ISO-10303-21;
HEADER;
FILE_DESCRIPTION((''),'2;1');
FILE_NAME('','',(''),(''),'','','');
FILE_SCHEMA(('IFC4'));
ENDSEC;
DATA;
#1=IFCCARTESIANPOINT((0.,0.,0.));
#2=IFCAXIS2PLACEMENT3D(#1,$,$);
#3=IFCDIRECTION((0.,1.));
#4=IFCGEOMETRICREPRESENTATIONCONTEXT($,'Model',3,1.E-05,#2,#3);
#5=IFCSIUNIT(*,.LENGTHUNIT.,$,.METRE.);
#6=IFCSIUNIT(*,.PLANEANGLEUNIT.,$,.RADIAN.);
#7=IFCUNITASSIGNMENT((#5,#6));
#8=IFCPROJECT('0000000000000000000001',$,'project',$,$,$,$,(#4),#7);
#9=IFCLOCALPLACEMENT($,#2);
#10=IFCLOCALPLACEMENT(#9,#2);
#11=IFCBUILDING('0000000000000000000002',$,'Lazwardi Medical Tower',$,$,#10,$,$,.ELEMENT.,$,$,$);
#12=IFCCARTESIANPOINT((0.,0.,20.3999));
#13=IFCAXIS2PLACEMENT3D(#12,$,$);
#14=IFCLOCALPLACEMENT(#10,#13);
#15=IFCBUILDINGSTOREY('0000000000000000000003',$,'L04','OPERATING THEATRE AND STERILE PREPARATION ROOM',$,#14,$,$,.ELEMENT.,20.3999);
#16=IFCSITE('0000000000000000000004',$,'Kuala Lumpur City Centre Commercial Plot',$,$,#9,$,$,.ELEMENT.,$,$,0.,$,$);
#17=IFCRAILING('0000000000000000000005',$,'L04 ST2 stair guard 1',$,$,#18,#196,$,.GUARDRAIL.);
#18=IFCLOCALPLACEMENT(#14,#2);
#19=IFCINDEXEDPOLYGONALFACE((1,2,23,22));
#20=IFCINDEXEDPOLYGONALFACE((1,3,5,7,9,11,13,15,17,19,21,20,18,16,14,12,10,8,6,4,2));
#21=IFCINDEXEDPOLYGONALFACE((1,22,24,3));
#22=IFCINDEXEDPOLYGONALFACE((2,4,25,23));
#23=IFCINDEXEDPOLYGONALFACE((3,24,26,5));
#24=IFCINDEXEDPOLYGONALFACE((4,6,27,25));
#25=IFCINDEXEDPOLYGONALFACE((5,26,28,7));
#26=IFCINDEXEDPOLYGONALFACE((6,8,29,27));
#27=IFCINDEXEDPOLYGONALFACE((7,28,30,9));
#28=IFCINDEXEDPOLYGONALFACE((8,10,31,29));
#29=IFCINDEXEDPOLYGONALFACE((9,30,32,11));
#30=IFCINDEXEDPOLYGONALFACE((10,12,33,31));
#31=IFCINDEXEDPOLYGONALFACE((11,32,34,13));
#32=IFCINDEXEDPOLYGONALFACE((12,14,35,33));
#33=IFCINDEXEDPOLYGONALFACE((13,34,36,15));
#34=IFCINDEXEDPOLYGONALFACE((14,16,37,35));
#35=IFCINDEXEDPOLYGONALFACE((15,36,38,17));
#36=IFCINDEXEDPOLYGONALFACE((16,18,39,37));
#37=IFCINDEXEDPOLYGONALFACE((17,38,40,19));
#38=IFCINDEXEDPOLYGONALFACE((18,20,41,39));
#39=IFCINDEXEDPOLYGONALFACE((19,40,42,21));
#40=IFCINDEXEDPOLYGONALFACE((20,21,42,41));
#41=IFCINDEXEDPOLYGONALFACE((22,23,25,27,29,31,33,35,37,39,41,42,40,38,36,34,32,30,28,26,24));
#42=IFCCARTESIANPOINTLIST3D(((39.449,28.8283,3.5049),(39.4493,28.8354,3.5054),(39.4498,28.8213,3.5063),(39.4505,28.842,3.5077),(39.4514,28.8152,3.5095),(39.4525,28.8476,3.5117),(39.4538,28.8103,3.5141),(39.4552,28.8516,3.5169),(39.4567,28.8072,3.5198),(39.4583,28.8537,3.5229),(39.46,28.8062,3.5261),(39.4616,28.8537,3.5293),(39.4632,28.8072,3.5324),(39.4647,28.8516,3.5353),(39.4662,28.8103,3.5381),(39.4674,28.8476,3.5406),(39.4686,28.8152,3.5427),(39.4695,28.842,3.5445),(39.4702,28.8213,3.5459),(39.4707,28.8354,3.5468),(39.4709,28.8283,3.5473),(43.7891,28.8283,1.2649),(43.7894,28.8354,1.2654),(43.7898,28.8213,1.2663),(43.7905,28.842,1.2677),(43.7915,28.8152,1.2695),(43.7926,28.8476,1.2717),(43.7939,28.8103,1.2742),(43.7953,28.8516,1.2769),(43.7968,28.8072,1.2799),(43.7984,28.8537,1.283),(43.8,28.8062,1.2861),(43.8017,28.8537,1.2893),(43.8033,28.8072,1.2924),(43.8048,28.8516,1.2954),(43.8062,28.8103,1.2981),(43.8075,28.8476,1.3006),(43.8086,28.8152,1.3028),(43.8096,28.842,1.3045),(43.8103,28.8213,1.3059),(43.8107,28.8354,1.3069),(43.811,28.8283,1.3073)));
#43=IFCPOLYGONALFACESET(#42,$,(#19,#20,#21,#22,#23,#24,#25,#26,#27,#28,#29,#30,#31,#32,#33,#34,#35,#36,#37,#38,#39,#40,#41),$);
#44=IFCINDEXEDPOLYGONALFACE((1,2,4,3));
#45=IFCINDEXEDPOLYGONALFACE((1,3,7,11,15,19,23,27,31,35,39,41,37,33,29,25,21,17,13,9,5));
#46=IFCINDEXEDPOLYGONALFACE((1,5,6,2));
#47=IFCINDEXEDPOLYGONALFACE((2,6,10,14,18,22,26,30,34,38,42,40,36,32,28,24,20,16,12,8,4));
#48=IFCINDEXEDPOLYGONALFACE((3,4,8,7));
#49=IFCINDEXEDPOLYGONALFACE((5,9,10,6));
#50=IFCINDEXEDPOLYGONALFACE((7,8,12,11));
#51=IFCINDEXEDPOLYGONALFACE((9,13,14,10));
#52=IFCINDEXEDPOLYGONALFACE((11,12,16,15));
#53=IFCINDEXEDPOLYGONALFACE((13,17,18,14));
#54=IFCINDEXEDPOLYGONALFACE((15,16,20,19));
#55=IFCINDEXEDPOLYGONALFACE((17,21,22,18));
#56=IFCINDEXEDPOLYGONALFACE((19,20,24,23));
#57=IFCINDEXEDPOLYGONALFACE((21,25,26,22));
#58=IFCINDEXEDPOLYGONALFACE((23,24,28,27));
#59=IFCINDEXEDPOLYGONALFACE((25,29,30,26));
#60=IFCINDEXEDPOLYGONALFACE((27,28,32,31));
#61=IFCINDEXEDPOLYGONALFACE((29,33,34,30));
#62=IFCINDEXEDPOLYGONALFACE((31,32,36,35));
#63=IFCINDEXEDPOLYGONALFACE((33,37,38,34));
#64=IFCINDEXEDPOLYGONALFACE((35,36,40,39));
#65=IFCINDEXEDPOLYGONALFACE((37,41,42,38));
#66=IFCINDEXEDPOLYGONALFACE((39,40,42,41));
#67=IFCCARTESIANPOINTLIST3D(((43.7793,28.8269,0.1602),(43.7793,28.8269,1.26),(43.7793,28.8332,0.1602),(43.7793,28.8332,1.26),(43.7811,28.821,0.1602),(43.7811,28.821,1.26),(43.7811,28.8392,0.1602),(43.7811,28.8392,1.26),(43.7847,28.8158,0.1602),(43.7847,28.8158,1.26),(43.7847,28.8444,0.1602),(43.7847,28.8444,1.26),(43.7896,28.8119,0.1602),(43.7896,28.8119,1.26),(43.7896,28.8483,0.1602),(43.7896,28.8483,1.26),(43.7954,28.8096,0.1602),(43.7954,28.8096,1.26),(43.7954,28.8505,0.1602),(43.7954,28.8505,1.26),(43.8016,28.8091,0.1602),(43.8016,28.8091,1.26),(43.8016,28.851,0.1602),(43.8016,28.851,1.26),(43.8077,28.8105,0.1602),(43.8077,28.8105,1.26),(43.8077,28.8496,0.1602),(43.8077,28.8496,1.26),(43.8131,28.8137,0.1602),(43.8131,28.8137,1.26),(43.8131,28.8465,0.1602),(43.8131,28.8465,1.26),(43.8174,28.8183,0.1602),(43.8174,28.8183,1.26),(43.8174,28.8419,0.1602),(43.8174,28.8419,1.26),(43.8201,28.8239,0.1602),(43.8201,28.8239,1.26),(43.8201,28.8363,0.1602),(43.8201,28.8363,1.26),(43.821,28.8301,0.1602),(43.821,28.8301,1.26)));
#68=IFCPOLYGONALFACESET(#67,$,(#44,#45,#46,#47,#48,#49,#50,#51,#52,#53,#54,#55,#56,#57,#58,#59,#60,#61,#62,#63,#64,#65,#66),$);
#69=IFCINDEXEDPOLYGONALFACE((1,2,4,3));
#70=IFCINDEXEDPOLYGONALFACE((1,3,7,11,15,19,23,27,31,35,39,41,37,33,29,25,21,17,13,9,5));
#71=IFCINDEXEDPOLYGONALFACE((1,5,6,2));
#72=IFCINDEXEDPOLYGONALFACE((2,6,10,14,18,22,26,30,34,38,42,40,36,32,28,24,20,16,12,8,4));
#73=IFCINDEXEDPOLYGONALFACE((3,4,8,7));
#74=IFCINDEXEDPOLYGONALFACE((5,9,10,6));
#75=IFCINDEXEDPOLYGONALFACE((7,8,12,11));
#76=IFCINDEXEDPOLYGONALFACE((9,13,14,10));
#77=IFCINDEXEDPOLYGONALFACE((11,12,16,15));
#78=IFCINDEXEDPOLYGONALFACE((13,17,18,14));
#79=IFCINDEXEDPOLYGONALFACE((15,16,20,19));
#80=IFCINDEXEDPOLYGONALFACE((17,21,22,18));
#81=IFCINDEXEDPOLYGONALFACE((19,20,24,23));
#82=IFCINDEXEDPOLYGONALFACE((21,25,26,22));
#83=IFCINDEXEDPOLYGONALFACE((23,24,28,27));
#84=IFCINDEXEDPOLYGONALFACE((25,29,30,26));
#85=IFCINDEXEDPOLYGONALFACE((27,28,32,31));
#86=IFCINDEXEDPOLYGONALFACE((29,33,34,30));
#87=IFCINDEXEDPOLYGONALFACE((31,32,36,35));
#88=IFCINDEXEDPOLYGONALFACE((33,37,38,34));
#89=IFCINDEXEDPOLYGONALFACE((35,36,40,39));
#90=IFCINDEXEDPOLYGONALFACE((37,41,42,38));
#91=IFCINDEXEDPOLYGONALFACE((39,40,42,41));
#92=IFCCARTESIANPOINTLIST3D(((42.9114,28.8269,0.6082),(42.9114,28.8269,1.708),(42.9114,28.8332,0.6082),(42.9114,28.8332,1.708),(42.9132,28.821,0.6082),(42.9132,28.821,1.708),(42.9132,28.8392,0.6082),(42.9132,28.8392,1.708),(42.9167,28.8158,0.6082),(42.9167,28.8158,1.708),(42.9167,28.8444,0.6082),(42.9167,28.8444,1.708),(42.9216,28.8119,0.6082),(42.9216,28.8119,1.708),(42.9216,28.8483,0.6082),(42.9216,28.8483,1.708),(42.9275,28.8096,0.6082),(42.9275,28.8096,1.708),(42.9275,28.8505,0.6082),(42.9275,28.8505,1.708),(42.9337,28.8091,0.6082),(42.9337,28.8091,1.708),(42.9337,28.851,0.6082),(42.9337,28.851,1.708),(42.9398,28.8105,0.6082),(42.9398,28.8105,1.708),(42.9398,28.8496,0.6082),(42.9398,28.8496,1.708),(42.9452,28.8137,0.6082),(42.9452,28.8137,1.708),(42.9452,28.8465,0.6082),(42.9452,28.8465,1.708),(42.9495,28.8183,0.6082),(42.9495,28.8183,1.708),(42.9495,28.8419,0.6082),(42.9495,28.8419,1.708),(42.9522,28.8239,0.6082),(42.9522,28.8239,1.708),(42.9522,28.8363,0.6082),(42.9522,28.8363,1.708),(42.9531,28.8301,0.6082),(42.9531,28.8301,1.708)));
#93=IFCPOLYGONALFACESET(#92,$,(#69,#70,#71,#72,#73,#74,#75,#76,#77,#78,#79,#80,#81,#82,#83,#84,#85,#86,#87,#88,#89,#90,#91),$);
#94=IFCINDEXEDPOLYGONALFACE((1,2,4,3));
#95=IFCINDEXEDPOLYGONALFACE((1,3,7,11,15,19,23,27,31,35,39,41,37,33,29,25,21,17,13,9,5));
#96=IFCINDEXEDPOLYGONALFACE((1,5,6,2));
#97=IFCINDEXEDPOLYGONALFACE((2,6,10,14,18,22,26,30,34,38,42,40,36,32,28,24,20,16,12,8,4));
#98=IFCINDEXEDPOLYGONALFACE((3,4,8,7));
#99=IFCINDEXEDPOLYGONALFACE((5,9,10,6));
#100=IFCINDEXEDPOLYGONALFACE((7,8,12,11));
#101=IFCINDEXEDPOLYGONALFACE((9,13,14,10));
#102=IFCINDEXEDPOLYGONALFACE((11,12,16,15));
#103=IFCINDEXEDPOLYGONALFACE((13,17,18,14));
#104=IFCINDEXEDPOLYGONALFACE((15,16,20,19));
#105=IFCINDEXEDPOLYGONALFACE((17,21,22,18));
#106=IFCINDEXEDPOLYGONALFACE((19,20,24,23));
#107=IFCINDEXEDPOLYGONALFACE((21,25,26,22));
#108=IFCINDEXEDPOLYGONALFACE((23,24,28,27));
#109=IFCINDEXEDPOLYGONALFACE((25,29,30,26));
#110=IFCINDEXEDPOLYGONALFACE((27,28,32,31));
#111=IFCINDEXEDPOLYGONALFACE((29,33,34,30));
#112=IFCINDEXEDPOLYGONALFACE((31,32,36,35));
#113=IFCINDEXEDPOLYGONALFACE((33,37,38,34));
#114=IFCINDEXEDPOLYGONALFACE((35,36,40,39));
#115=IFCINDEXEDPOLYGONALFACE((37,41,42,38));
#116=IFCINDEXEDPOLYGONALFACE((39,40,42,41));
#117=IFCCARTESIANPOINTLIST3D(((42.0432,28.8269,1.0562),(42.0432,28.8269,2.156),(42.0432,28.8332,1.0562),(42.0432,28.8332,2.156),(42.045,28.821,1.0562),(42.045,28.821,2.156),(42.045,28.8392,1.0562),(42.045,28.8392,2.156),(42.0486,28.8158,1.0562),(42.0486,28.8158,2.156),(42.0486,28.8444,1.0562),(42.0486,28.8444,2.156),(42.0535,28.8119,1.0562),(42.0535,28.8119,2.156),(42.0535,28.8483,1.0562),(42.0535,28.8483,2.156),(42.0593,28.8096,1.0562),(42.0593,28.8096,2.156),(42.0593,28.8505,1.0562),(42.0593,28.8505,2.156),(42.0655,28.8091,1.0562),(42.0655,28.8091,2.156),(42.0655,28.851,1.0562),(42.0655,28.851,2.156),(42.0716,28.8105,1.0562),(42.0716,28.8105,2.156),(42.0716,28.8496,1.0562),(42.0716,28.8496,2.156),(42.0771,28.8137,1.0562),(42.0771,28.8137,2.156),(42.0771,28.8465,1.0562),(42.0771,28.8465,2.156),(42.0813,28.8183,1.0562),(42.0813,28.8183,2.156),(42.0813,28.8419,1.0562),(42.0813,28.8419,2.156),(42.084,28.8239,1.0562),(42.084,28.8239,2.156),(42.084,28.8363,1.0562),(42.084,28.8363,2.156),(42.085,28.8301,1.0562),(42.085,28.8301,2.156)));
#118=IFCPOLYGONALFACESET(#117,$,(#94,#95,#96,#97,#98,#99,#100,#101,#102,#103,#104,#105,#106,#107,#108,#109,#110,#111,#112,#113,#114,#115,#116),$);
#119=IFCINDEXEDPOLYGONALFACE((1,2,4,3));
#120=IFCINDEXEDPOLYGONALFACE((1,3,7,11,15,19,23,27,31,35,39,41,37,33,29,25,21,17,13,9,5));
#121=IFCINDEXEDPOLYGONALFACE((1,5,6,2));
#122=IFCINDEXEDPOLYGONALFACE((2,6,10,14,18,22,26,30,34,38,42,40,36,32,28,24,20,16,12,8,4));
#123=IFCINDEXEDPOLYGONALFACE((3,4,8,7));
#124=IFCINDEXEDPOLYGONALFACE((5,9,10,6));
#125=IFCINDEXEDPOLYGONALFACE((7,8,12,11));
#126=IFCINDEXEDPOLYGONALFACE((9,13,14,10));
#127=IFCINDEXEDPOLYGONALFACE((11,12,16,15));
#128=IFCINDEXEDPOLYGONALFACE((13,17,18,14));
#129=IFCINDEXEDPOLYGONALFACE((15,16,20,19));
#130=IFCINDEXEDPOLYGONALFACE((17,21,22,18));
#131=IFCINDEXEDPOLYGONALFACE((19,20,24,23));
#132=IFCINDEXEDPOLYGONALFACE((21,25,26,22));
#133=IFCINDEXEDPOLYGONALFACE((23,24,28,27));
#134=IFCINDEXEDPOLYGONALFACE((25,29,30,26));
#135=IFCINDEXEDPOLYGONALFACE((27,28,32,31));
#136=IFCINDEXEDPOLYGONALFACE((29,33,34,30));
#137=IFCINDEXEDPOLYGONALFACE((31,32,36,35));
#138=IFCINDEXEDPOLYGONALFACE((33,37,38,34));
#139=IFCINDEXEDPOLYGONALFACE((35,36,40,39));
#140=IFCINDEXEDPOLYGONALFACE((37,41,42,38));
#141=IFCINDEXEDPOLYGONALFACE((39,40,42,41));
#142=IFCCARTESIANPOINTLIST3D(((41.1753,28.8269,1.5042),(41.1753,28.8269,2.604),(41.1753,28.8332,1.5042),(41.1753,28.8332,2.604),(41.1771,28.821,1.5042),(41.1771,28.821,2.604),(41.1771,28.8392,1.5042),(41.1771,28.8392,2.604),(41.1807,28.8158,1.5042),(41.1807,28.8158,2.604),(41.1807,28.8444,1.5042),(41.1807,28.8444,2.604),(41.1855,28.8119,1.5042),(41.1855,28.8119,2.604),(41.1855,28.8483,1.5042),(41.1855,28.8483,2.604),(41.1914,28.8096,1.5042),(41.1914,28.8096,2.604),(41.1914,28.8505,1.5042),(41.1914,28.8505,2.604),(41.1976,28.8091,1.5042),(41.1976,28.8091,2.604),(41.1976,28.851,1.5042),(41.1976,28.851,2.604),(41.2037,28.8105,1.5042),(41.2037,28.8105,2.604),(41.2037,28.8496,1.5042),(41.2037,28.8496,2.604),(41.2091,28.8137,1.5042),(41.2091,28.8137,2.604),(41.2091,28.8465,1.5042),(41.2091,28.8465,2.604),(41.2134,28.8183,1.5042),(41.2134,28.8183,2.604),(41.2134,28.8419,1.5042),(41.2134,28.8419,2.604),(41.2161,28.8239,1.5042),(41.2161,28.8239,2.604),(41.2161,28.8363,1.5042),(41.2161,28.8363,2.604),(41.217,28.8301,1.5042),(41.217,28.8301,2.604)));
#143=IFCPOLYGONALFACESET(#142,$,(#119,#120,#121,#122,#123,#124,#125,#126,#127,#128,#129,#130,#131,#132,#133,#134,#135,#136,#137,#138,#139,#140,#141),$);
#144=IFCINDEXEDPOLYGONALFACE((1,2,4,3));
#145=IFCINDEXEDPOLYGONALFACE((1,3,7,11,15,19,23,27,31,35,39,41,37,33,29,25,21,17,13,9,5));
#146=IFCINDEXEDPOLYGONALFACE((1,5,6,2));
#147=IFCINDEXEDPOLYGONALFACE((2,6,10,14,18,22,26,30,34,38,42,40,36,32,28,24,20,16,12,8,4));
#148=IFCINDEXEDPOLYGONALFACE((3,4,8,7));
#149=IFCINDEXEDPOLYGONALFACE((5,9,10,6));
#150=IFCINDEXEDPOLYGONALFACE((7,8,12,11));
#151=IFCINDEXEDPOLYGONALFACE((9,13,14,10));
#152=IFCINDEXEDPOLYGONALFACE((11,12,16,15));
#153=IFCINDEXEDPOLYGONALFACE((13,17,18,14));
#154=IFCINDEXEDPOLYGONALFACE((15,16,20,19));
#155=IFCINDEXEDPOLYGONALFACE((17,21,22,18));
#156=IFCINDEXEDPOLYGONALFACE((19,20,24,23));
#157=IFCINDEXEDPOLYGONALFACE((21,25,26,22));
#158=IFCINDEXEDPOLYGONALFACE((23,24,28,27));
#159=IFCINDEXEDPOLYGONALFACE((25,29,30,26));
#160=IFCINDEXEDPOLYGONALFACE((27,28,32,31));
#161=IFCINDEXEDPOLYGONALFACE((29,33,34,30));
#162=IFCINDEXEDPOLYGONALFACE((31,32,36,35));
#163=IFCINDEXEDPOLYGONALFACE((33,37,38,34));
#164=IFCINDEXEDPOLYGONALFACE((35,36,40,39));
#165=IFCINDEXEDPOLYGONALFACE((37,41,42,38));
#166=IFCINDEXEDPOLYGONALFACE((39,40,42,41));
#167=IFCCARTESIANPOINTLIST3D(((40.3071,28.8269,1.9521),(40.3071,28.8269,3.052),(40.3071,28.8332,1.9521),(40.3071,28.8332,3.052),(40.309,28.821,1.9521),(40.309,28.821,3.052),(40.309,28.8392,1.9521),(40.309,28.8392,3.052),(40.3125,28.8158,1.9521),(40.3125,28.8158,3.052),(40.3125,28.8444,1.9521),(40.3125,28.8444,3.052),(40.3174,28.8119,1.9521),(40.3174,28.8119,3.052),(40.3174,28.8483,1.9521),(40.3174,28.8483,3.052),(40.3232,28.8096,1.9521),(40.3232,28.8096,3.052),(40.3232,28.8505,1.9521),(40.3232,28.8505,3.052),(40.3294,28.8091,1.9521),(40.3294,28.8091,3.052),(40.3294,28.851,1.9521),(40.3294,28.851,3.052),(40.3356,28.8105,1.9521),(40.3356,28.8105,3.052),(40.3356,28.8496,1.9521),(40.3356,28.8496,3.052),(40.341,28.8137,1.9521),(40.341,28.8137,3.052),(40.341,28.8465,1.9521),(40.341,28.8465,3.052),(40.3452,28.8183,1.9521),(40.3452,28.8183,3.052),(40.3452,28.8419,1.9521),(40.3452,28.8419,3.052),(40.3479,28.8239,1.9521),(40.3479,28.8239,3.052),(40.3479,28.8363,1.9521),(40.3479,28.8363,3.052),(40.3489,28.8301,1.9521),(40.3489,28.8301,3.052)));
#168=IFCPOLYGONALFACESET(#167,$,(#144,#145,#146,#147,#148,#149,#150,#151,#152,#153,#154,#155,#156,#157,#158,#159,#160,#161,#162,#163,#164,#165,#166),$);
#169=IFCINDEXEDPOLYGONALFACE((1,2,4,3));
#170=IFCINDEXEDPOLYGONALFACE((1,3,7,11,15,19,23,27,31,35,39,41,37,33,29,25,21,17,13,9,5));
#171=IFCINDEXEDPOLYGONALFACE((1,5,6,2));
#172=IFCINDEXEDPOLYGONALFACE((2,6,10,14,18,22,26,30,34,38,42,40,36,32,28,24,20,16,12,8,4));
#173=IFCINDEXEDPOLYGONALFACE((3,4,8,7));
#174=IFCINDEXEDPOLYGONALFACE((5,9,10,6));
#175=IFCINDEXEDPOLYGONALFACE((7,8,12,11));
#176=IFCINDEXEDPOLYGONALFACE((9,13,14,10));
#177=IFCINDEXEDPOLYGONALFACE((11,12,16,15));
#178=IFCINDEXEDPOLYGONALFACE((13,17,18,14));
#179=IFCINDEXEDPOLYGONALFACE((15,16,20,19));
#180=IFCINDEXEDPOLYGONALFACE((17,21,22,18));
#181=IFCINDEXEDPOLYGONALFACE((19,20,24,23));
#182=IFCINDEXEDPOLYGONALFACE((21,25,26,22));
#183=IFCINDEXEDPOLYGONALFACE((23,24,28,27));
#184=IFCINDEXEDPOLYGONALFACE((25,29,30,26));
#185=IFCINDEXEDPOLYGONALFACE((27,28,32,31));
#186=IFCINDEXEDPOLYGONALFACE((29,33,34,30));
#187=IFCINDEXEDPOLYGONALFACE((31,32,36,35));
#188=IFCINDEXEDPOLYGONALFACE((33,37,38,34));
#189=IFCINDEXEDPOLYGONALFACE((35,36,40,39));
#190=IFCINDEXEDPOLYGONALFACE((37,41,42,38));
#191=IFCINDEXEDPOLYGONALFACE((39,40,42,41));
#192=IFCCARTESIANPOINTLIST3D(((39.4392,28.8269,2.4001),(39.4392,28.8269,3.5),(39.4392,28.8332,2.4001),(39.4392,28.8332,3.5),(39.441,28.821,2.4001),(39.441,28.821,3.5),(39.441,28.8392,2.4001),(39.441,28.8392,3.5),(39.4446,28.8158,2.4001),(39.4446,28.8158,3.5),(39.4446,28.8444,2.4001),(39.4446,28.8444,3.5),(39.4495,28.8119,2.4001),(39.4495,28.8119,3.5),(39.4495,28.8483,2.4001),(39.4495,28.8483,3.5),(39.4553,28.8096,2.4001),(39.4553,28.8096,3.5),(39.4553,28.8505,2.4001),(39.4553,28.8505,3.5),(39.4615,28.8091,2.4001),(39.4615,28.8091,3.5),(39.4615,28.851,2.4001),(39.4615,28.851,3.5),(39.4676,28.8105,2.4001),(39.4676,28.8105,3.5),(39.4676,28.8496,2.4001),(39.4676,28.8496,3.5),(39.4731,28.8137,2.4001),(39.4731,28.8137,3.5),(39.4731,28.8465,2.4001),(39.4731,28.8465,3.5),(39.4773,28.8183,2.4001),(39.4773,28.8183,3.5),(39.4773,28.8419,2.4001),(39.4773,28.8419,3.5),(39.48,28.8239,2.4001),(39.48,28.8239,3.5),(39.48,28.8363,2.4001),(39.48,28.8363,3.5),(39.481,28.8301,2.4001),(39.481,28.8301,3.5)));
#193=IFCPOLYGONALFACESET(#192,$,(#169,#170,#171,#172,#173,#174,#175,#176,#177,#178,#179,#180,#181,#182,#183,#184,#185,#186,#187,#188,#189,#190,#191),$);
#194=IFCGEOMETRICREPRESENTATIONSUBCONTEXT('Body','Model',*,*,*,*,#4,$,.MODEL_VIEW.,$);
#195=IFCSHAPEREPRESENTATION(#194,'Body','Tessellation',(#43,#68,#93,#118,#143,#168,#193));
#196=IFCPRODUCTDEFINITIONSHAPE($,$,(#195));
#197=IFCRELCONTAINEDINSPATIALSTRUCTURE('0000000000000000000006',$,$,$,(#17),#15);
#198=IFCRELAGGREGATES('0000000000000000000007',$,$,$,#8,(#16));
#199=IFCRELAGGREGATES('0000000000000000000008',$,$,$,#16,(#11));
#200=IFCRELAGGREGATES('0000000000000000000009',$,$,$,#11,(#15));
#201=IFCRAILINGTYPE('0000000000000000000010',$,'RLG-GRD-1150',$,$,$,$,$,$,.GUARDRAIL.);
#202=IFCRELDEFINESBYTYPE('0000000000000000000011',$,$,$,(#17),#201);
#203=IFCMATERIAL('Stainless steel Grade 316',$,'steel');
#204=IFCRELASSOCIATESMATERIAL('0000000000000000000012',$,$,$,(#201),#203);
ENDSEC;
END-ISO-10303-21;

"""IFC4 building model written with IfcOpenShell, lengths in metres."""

from ifc_helpers import new_model, si_unit, direction, frame, origin, origin_2d, place, context, subcontext, project, spatial, circle, extrude, material, type_object, element, save


model = new_model("IFC4")

# Units and contexts
model_context = context("Model", 3, precision=1e-05, world=origin(), true_north=direction((0.0, 1.0)))
body_context = subcontext(model_context, "Body", "Model", "MODEL_VIEW")
ifc_project = project(units=[si_unit("LENGTHUNIT", "METRE"), si_unit("PLANEANGLEUNIT", "RADIAN")], contexts=[model_context])

# Site, building, storey
site_placement = place(None, origin())
site = spatial("IfcSite", under=ifc_project, at=site_placement, Name="Kuala Lumpur City Centre Commercial Plot", CompositionType="ELEMENT", RefElevation=0.0)
building_placement = place(site_placement, origin())
building = spatial("IfcBuilding", under=site, at=building_placement, Name="Lazwardi Medical Tower", CompositionType="ELEMENT")
storey_placement = place(building_placement, frame((0.0, 0.0, 20.3999)))
storey = spatial("IfcBuildingStorey", under=building, at=storey_placement, Name="L04", Description="OPERATING THEATRE AND STERILE PREPARATION ROOM", CompositionType="ELEMENT", Elevation=20.3999)

# Railing
ifc_material_1 = material(Name="Stainless steel Grade 316", Category="steel")
railing_type_1 = type_object("IfcRailingType", Name="RLG-GRD-1150", PredefinedType="GUARDRAIL", material=ifc_material_1)
railing_1_placement = place(storey_placement, frame((43.8, 28.8301, 0.1602)))
element("IfcRailing", 1, at=railing_1_placement, inside=storey, type_object=railing_type_1, Name="L04 ST2 stair guard 1", PredefinedType="GUARDRAIL", context=body_context, shape_type="SweptSolid", body=[
    extrude(circle(Radius=0.0239, at=origin_2d()), frame((0.0, 0.0, 1.126), z_axis=(-0.888625, 0.0, 0.458634), x_axis=(0.0, -1.0, 0.0)), (0.0, 0.0, 1.0), 4.884),
    extrude(circle(Radius=0.021, at=origin_2d()), origin(), (0.0, 0.0, 1.0), 1.0999),
    extrude(circle(Radius=0.021, at=origin_2d()), frame((-0.8679, 0.0, 0.448)), (0.0, 0.0, 1.0), 1.0999),
    extrude(circle(Radius=0.021, at=origin_2d()), frame((-1.7361, 0.0, 0.896)), (0.0, 0.0, 1.0), 1.0999),
    extrude(circle(Radius=0.021, at=origin_2d()), frame((-2.604, 0.0, 1.344)), (0.0, 0.0, 1.0), 1.0999),
    extrude(circle(Radius=0.021, at=origin_2d()), frame((-3.4722, 0.0, 1.792)), (0.0, 0.0, 1.0), 1.0999),
    extrude(circle(Radius=0.021, at=origin_2d()), frame((-4.3401, 0.0, 2.24)), (0.0, 0.0, 1.0), 1.0999),
])

save(model, "model.ifc")
